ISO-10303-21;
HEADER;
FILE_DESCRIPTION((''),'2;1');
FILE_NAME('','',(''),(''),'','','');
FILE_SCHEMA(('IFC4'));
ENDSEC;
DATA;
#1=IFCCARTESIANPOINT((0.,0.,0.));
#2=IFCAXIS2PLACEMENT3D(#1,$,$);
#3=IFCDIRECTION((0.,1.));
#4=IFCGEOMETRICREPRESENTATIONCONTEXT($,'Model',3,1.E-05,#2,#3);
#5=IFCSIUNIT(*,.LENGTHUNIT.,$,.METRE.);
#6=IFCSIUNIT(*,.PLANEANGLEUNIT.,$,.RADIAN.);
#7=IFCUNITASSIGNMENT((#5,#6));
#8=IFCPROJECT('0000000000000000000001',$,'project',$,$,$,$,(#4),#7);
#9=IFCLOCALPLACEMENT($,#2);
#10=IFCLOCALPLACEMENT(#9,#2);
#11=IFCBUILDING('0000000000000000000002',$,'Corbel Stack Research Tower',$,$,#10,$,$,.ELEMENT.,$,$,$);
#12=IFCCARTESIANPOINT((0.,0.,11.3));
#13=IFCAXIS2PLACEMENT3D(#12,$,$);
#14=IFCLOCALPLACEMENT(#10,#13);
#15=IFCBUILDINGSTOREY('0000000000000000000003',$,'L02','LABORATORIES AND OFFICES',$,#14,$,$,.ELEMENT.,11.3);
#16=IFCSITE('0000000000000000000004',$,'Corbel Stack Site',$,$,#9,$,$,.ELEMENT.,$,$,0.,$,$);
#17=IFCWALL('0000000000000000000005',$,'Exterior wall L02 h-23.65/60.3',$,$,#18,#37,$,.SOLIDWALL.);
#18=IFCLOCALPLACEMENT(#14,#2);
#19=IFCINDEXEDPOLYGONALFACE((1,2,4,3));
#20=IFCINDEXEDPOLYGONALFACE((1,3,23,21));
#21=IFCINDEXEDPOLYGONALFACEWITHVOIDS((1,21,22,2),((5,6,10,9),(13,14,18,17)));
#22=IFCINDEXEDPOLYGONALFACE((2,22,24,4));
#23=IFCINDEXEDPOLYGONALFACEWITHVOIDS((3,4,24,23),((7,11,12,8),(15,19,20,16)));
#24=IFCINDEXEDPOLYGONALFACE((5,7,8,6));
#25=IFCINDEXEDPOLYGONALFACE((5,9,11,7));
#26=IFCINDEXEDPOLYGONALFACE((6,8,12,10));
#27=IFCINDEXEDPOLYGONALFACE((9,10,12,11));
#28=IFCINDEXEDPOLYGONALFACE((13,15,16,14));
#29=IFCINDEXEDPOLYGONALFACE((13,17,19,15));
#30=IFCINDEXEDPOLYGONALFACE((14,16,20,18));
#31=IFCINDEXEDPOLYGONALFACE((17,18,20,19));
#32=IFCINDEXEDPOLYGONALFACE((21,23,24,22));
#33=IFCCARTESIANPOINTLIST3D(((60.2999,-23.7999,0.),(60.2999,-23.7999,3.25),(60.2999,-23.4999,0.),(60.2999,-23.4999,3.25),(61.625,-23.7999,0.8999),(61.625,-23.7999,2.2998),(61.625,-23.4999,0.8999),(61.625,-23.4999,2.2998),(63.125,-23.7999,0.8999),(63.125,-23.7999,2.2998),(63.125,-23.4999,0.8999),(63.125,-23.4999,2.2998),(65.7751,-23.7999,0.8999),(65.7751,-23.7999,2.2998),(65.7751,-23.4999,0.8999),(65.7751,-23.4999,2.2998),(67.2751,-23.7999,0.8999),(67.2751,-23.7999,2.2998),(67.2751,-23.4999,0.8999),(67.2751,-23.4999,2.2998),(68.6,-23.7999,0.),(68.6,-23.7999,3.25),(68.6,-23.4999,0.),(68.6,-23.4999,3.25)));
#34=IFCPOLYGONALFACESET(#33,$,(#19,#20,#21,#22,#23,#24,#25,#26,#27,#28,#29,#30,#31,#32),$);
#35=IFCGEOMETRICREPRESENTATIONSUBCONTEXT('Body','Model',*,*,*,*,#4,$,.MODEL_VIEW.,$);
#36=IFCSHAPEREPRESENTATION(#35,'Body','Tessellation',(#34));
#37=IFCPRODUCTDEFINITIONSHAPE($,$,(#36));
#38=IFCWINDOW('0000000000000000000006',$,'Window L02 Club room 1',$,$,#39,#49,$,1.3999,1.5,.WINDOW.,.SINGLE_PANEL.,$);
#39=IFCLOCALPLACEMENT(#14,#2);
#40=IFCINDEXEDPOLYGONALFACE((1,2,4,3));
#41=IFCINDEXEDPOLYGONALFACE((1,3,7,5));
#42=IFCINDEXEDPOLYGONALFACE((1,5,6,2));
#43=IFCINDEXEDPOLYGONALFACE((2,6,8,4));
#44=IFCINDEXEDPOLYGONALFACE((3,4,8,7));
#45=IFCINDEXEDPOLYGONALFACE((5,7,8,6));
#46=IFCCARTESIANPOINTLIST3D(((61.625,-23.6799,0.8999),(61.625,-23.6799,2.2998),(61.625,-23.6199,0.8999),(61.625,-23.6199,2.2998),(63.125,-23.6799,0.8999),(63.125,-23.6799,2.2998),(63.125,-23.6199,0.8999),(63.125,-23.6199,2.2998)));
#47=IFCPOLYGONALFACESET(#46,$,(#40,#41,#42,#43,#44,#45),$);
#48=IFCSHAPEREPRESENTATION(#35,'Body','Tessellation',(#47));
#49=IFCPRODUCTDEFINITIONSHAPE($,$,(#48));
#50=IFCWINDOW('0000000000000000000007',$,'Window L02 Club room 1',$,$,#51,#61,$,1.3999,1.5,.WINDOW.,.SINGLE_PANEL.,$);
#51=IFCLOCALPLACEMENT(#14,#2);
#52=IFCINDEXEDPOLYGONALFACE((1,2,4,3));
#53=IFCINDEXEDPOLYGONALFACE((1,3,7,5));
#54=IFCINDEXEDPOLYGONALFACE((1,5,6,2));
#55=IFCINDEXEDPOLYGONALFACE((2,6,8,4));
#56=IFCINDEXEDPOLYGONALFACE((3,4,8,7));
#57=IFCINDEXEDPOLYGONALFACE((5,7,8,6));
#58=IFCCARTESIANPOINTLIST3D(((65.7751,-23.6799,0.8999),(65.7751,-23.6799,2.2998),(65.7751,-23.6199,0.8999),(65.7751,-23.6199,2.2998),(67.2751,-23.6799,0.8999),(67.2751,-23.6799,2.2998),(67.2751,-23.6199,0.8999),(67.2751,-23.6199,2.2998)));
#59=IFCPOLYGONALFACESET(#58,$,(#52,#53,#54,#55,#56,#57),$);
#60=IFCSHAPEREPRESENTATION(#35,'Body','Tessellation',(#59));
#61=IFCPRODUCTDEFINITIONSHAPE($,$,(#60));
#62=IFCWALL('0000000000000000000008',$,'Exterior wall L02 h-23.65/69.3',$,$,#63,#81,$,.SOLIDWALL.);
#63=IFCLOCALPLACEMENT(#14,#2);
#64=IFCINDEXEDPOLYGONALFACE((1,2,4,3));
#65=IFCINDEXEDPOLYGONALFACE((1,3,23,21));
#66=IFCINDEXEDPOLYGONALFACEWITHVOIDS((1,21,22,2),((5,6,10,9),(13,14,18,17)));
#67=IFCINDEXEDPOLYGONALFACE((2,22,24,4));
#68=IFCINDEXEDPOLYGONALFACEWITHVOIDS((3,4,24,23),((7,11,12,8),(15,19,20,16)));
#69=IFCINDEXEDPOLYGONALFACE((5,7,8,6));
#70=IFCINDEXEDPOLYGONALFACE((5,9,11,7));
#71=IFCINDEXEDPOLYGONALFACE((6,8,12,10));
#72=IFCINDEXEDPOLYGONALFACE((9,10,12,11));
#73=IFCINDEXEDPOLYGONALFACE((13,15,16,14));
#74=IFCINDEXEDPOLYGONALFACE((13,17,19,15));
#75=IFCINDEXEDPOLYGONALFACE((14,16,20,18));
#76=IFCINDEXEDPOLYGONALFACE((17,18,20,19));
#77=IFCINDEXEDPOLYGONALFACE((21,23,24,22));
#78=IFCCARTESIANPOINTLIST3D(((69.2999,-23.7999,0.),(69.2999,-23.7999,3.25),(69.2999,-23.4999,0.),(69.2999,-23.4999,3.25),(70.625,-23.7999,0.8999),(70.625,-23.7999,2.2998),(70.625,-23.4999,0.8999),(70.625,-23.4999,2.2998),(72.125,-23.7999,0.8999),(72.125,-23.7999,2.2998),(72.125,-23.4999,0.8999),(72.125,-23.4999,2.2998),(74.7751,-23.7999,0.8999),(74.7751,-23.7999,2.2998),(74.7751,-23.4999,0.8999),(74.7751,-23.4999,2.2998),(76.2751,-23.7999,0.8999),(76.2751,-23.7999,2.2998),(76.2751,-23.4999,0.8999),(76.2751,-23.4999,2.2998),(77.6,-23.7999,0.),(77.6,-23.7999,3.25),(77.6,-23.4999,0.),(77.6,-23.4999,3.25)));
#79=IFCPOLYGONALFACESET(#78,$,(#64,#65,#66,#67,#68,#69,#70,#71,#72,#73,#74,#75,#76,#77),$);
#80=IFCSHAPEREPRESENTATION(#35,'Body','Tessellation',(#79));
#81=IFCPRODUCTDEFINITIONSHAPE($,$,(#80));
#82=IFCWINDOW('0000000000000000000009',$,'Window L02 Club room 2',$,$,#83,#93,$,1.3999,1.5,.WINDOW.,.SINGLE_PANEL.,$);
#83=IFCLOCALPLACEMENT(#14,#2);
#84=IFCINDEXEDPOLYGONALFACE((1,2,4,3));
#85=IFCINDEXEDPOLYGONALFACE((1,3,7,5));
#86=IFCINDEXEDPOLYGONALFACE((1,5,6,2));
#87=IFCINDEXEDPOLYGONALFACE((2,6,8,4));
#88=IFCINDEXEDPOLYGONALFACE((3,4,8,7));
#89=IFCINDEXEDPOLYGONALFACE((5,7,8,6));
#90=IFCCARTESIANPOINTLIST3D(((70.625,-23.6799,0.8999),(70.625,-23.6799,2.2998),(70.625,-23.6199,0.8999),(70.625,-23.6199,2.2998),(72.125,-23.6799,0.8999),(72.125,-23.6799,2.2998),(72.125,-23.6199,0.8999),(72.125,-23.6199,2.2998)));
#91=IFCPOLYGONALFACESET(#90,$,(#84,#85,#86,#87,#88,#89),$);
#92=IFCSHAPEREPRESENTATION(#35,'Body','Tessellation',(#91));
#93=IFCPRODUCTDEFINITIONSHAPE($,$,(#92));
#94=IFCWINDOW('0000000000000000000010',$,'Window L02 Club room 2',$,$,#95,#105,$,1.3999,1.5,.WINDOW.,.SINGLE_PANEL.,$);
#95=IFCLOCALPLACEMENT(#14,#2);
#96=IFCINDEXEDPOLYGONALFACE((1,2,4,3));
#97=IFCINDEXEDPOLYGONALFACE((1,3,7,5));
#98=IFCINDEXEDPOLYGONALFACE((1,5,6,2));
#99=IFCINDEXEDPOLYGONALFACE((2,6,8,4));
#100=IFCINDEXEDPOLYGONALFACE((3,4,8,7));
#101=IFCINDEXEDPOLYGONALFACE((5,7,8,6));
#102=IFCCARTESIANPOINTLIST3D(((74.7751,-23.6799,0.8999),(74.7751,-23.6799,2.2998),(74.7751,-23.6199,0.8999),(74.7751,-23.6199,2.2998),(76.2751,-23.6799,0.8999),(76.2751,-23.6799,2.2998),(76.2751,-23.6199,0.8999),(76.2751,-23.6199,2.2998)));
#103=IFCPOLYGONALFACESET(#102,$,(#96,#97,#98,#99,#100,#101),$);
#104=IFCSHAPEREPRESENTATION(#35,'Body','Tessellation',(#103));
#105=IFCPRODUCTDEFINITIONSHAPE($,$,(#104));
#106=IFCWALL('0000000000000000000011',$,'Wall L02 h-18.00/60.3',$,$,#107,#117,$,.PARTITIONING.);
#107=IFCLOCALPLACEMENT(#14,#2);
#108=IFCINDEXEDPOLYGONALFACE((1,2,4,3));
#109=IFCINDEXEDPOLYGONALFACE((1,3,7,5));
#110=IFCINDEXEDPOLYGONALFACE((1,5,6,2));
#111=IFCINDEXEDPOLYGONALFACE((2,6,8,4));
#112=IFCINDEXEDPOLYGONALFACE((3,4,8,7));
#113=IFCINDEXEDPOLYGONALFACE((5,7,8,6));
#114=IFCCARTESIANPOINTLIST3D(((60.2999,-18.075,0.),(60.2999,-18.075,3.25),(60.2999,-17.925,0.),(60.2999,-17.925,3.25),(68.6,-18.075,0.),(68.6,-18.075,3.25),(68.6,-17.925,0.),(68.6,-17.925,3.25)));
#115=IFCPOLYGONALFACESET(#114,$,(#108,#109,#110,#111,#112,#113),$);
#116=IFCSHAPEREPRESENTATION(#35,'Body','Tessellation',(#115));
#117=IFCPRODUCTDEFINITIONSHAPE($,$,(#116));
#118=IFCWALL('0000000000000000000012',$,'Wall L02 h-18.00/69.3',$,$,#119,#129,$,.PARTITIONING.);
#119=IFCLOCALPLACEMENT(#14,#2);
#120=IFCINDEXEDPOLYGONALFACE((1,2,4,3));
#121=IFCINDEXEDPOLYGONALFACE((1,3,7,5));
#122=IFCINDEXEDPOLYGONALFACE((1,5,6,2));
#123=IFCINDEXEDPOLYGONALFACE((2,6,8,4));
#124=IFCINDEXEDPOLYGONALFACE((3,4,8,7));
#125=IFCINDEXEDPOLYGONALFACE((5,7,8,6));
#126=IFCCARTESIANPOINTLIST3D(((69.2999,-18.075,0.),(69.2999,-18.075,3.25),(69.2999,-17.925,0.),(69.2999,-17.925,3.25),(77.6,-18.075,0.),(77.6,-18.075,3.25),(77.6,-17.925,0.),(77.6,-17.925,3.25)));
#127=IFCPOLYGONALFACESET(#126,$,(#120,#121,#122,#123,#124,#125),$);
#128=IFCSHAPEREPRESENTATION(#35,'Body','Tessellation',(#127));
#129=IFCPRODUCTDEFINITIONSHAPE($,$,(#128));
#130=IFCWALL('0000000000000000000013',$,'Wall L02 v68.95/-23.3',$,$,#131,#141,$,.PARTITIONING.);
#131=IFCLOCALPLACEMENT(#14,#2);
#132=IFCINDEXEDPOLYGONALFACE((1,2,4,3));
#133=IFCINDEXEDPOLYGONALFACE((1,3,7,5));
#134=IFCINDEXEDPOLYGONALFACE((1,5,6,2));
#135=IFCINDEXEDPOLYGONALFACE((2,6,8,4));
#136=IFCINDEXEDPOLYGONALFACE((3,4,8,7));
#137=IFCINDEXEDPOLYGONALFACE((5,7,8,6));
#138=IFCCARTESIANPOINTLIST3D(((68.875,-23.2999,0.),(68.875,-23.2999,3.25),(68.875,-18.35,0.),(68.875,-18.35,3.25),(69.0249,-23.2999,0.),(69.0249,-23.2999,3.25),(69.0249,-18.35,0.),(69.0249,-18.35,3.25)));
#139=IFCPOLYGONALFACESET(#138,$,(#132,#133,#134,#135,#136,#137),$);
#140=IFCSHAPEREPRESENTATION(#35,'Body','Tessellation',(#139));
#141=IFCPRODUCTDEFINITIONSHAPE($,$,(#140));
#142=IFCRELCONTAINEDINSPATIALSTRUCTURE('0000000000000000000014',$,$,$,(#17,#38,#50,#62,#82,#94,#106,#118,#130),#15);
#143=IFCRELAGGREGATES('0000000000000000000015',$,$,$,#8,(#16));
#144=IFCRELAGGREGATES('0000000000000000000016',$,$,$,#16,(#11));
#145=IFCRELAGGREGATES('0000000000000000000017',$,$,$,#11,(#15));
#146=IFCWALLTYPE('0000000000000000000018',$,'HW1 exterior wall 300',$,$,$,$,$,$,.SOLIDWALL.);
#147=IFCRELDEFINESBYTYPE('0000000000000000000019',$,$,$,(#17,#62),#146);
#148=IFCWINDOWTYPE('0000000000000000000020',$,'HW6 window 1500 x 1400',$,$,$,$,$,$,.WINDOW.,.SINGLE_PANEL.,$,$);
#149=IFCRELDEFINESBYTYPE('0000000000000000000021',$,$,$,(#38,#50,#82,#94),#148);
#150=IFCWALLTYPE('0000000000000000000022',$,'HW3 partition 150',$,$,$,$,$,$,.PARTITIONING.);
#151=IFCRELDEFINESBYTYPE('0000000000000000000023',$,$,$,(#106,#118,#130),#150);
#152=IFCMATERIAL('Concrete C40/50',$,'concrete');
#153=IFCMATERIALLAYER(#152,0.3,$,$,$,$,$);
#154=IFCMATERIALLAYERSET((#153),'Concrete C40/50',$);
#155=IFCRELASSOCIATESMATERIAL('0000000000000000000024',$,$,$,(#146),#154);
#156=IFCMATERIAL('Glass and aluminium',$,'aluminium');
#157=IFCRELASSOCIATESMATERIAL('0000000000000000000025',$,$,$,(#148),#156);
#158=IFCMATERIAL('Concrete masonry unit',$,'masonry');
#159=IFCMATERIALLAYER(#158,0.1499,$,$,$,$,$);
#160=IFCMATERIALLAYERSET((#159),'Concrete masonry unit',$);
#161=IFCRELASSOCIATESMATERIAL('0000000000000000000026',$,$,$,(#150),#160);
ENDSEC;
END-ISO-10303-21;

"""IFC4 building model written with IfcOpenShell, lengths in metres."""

from ifc_helpers import new_model, si_unit, direction, frame, frame_2d, origin, place, context, subcontext, project, spatial, rectangle, extrude, material, layer, layer_set, type_object, element, fill, save


model = new_model("IFC4")

# Units and contexts
model_context = context("Model", 3, precision=1e-05, world=origin(), true_north=direction((0.0, 1.0)))
body_context = subcontext(model_context, "Body", "Model", "MODEL_VIEW")
ifc_project = project(units=[si_unit("LENGTHUNIT", "METRE"), si_unit("PLANEANGLEUNIT", "RADIAN")], contexts=[model_context])

# Site, building, storey
site_placement = place(None, origin())
site = spatial("IfcSite", under=ifc_project, at=site_placement, Name="Corbel Stack Site", CompositionType="ELEMENT", RefElevation=0.0)
building_placement = place(site_placement, origin())
building = spatial("IfcBuilding", under=site, at=building_placement, Name="Corbel Stack Research Tower", CompositionType="ELEMENT")
storey_placement = place(building_placement, frame((0.0, 0.0, 11.3)))
storey = spatial("IfcBuildingStorey", under=building, at=storey_placement, Name="L02", Description="LABORATORIES AND OFFICES", CompositionType="ELEMENT", Elevation=11.3)

# Walls, openings, windows
ifc_material_1 = material(Name="Concrete C40/50", Category="concrete")
ifc_layer_1 = layer(ifc_material_1, 0.3)
ifc_layer_set_1 = layer_set([ifc_layer_1], Name="Concrete C40/50")
wall_type_1 = type_object("IfcWallType", Name="HW1 exterior wall 300", PredefinedType="SOLIDWALL", material=ifc_layer_set_1)
wall_1_placement = place(storey_placement, frame((60.3, -23.6499, 0.0), z_axis=(0.0, 0.0, 1.0), x_axis=(1.0, 0.0, 0.0)))
wall_1 = element("IfcWall", 1, at=wall_1_placement, inside=storey, type_object=wall_type_1, Name="Exterior wall L02 h-23.65/60.3", PredefinedType="SOLIDWALL", context=body_context, shape_type="SweptSolid", body=[
    extrude(rectangle(XDim=8.3, YDim=0.3, at=frame_2d((4.1499, 0.0))), origin(), (0.0, 0.0, 1.0), 3.25),
])
opening_1_placement = place(wall_1_placement, frame((1.325, 0.0, 0.8999)))
opening_1 = element("IfcOpeningElement", 2, at=opening_1_placement, cuts=wall_1, PredefinedType="OPENING", context=body_context, shape_type="SweptSolid", body=[
    extrude(rectangle(XDim=1.5, YDim=1.3999, at=frame_2d((0.75, 0.7))), frame((0.0, 0.1599, 0.0), z_axis=(0.0, -1.0, 0.0), x_axis=(1.0, 0.0, 0.0)), (0.0, 0.0, 1.0), 0.3201),
])
opening_2_placement = place(wall_1_placement, frame((5.4751, 0.0, 0.8999)))
opening_2 = element("IfcOpeningElement", 3, at=opening_2_placement, cuts=wall_1, PredefinedType="OPENING", context=body_context, shape_type="SweptSolid", body=[
    extrude(rectangle(XDim=1.5, YDim=1.3999, at=frame_2d((0.75, 0.7))), frame((0.0, 0.1599, 0.0), z_axis=(0.0, -1.0, 0.0), x_axis=(1.0, 0.0, 0.0)), (0.0, 0.0, 1.0), 0.3201),
])
ifc_material_2 = material(Name="Glass and aluminium", Category="aluminium")
window_type = type_object("IfcWindowType", Name="HW6 window 1500 x 1400", PartitioningType="SINGLE_PANEL", PredefinedType="WINDOW", material=ifc_material_2)
window_1_placement = place(opening_1_placement, origin())
window_1 = element("IfcWindow", 4, at=window_1_placement, inside=storey, type_object=window_type, Name="Window L02 Club room 1", OverallHeight=1.3999, OverallWidth=1.5, PartitioningType="SINGLE_PANEL", PredefinedType="WINDOW", context=body_context, shape_type="SweptSolid", body=[
    extrude(rectangle(XDim=1.5, YDim=1.3999, at=frame_2d((0.75, 0.7))), frame((0.0, 0.03, 0.0), z_axis=(0.0, -1.0, 0.0), x_axis=(1.0, 0.0, 0.0)), (0.0, 0.0, 1.0), 0.0601),
])
fill(opening_1, window_1)
window_2_placement = place(opening_2_placement, origin())
window_2 = element("IfcWindow", 5, at=window_2_placement, inside=storey, type_object=window_type, Name="Window L02 Club room 1", OverallHeight=1.3999, OverallWidth=1.5, PartitioningType="SINGLE_PANEL", PredefinedType="WINDOW", context=body_context, shape_type="SweptSolid", body=[
    extrude(rectangle(XDim=1.5, YDim=1.3999, at=frame_2d((0.75, 0.7))), frame((0.0, 0.03, 0.0), z_axis=(0.0, -1.0, 0.0), x_axis=(1.0, 0.0, 0.0)), (0.0, 0.0, 1.0), 0.0601),
])
fill(opening_2, window_2)
wall_2_placement = place(storey_placement, frame((69.3, -23.6499, 0.0), z_axis=(0.0, 0.0, 1.0), x_axis=(1.0, 0.0, 0.0)))
wall_2 = element("IfcWall", 6, at=wall_2_placement, inside=storey, type_object=wall_type_1, Name="Exterior wall L02 h-23.65/69.3", PredefinedType="SOLIDWALL", context=body_context, shape_type="SweptSolid", body=[
    extrude(rectangle(XDim=8.3, YDim=0.3, at=frame_2d((4.1499, 0.0))), origin(), (0.0, 0.0, 1.0), 3.25),
])
opening_3_placement = place(wall_2_placement, frame((1.325, 0.0, 0.8999)))
opening_3 = element("IfcOpeningElement", 7, at=opening_3_placement, cuts=wall_2, PredefinedType="OPENING", context=body_context, shape_type="SweptSolid", body=[
    extrude(rectangle(XDim=1.5, YDim=1.3999, at=frame_2d((0.75, 0.7))), frame((0.0, 0.1599, 0.0), z_axis=(0.0, -1.0, 0.0), x_axis=(1.0, 0.0, 0.0)), (0.0, 0.0, 1.0), 0.3201),
])
opening_4_placement = place(wall_2_placement, frame((5.4751, 0.0, 0.8999)))
opening_4 = element("IfcOpeningElement", 8, at=opening_4_placement, cuts=wall_2, PredefinedType="OPENING", context=body_context, shape_type="SweptSolid", body=[
    extrude(rectangle(XDim=1.5, YDim=1.3999, at=frame_2d((0.75, 0.7))), frame((0.0, 0.1599, 0.0), z_axis=(0.0, -1.0, 0.0), x_axis=(1.0, 0.0, 0.0)), (0.0, 0.0, 1.0), 0.3201),
])
window_3_placement = place(opening_3_placement, origin())
window_3 = element("IfcWindow", 9, at=window_3_placement, inside=storey, type_object=window_type, Name="Window L02 Club room 2", OverallHeight=1.3999, OverallWidth=1.5, PartitioningType="SINGLE_PANEL", PredefinedType="WINDOW", context=body_context, shape_type="SweptSolid", body=[
    extrude(rectangle(XDim=1.5, YDim=1.3999, at=frame_2d((0.75, 0.7))), frame((0.0, 0.03, 0.0), z_axis=(0.0, -1.0, 0.0), x_axis=(1.0, 0.0, 0.0)), (0.0, 0.0, 1.0), 0.0601),
])
fill(opening_3, window_3)
window_4_placement = place(opening_4_placement, origin())
window_4 = element("IfcWindow", 10, at=window_4_placement, inside=storey, type_object=window_type, Name="Window L02 Club room 2", OverallHeight=1.3999, OverallWidth=1.5, PartitioningType="SINGLE_PANEL", PredefinedType="WINDOW", context=body_context, shape_type="SweptSolid", body=[
    extrude(rectangle(XDim=1.5, YDim=1.3999, at=frame_2d((0.75, 0.7))), frame((0.0, 0.03, 0.0), z_axis=(0.0, -1.0, 0.0), x_axis=(1.0, 0.0, 0.0)), (0.0, 0.0, 1.0), 0.0601),
])
fill(opening_4, window_4)

# Walls
ifc_material_3 = material(Name="Concrete masonry unit", Category="masonry")
ifc_layer_2 = layer(ifc_material_3, 0.1499)
ifc_layer_set_2 = layer_set([ifc_layer_2], Name="Concrete masonry unit")
wall_type_2 = type_object("IfcWallType", Name="HW3 partition 150", PredefinedType="PARTITIONING", material=ifc_layer_set_2)
for number, where, z_axis, x_axis, name in (
    (11, (60.3, -18.0, 0.0), (0.0, 0.0, 1.0), (1.0, 0.0, 0.0), "Wall L02 h-18.00/60.3"),
    (12, (69.3, -18.0, 0.0), (0.0, 0.0, 1.0), (1.0, 0.0, 0.0), "Wall L02 h-18.00/69.3"),
):
    element("IfcWall", number, at=place(storey_placement, frame(where, z_axis=z_axis, x_axis=x_axis)), inside=storey, type_object=wall_type_2, Name=name, PredefinedType="PARTITIONING", context=body_context, shape_type="SweptSolid", body=[
        extrude(rectangle(XDim=8.3, YDim=0.1499, at=frame_2d((4.1499, 0.0))), origin(), (0.0, 0.0, 1.0), 3.25),
    ])
wall_3_placement = place(storey_placement, frame((68.95, -23.3, 0.0), z_axis=(0.0, 0.0, 1.0), x_axis=(0.0, 1.0, 0.0)))
element("IfcWall", 13, at=wall_3_placement, inside=storey, type_object=wall_type_2, Name="Wall L02 v68.95/-23.3", PredefinedType="PARTITIONING", context=body_context, shape_type="SweptSolid", body=[
    extrude(rectangle(XDim=4.95, YDim=0.1499, at=frame_2d((2.4751, 0.0))), origin(), (0.0, 0.0, 1.0), 3.25),
])

save(model, "model.ifc")
